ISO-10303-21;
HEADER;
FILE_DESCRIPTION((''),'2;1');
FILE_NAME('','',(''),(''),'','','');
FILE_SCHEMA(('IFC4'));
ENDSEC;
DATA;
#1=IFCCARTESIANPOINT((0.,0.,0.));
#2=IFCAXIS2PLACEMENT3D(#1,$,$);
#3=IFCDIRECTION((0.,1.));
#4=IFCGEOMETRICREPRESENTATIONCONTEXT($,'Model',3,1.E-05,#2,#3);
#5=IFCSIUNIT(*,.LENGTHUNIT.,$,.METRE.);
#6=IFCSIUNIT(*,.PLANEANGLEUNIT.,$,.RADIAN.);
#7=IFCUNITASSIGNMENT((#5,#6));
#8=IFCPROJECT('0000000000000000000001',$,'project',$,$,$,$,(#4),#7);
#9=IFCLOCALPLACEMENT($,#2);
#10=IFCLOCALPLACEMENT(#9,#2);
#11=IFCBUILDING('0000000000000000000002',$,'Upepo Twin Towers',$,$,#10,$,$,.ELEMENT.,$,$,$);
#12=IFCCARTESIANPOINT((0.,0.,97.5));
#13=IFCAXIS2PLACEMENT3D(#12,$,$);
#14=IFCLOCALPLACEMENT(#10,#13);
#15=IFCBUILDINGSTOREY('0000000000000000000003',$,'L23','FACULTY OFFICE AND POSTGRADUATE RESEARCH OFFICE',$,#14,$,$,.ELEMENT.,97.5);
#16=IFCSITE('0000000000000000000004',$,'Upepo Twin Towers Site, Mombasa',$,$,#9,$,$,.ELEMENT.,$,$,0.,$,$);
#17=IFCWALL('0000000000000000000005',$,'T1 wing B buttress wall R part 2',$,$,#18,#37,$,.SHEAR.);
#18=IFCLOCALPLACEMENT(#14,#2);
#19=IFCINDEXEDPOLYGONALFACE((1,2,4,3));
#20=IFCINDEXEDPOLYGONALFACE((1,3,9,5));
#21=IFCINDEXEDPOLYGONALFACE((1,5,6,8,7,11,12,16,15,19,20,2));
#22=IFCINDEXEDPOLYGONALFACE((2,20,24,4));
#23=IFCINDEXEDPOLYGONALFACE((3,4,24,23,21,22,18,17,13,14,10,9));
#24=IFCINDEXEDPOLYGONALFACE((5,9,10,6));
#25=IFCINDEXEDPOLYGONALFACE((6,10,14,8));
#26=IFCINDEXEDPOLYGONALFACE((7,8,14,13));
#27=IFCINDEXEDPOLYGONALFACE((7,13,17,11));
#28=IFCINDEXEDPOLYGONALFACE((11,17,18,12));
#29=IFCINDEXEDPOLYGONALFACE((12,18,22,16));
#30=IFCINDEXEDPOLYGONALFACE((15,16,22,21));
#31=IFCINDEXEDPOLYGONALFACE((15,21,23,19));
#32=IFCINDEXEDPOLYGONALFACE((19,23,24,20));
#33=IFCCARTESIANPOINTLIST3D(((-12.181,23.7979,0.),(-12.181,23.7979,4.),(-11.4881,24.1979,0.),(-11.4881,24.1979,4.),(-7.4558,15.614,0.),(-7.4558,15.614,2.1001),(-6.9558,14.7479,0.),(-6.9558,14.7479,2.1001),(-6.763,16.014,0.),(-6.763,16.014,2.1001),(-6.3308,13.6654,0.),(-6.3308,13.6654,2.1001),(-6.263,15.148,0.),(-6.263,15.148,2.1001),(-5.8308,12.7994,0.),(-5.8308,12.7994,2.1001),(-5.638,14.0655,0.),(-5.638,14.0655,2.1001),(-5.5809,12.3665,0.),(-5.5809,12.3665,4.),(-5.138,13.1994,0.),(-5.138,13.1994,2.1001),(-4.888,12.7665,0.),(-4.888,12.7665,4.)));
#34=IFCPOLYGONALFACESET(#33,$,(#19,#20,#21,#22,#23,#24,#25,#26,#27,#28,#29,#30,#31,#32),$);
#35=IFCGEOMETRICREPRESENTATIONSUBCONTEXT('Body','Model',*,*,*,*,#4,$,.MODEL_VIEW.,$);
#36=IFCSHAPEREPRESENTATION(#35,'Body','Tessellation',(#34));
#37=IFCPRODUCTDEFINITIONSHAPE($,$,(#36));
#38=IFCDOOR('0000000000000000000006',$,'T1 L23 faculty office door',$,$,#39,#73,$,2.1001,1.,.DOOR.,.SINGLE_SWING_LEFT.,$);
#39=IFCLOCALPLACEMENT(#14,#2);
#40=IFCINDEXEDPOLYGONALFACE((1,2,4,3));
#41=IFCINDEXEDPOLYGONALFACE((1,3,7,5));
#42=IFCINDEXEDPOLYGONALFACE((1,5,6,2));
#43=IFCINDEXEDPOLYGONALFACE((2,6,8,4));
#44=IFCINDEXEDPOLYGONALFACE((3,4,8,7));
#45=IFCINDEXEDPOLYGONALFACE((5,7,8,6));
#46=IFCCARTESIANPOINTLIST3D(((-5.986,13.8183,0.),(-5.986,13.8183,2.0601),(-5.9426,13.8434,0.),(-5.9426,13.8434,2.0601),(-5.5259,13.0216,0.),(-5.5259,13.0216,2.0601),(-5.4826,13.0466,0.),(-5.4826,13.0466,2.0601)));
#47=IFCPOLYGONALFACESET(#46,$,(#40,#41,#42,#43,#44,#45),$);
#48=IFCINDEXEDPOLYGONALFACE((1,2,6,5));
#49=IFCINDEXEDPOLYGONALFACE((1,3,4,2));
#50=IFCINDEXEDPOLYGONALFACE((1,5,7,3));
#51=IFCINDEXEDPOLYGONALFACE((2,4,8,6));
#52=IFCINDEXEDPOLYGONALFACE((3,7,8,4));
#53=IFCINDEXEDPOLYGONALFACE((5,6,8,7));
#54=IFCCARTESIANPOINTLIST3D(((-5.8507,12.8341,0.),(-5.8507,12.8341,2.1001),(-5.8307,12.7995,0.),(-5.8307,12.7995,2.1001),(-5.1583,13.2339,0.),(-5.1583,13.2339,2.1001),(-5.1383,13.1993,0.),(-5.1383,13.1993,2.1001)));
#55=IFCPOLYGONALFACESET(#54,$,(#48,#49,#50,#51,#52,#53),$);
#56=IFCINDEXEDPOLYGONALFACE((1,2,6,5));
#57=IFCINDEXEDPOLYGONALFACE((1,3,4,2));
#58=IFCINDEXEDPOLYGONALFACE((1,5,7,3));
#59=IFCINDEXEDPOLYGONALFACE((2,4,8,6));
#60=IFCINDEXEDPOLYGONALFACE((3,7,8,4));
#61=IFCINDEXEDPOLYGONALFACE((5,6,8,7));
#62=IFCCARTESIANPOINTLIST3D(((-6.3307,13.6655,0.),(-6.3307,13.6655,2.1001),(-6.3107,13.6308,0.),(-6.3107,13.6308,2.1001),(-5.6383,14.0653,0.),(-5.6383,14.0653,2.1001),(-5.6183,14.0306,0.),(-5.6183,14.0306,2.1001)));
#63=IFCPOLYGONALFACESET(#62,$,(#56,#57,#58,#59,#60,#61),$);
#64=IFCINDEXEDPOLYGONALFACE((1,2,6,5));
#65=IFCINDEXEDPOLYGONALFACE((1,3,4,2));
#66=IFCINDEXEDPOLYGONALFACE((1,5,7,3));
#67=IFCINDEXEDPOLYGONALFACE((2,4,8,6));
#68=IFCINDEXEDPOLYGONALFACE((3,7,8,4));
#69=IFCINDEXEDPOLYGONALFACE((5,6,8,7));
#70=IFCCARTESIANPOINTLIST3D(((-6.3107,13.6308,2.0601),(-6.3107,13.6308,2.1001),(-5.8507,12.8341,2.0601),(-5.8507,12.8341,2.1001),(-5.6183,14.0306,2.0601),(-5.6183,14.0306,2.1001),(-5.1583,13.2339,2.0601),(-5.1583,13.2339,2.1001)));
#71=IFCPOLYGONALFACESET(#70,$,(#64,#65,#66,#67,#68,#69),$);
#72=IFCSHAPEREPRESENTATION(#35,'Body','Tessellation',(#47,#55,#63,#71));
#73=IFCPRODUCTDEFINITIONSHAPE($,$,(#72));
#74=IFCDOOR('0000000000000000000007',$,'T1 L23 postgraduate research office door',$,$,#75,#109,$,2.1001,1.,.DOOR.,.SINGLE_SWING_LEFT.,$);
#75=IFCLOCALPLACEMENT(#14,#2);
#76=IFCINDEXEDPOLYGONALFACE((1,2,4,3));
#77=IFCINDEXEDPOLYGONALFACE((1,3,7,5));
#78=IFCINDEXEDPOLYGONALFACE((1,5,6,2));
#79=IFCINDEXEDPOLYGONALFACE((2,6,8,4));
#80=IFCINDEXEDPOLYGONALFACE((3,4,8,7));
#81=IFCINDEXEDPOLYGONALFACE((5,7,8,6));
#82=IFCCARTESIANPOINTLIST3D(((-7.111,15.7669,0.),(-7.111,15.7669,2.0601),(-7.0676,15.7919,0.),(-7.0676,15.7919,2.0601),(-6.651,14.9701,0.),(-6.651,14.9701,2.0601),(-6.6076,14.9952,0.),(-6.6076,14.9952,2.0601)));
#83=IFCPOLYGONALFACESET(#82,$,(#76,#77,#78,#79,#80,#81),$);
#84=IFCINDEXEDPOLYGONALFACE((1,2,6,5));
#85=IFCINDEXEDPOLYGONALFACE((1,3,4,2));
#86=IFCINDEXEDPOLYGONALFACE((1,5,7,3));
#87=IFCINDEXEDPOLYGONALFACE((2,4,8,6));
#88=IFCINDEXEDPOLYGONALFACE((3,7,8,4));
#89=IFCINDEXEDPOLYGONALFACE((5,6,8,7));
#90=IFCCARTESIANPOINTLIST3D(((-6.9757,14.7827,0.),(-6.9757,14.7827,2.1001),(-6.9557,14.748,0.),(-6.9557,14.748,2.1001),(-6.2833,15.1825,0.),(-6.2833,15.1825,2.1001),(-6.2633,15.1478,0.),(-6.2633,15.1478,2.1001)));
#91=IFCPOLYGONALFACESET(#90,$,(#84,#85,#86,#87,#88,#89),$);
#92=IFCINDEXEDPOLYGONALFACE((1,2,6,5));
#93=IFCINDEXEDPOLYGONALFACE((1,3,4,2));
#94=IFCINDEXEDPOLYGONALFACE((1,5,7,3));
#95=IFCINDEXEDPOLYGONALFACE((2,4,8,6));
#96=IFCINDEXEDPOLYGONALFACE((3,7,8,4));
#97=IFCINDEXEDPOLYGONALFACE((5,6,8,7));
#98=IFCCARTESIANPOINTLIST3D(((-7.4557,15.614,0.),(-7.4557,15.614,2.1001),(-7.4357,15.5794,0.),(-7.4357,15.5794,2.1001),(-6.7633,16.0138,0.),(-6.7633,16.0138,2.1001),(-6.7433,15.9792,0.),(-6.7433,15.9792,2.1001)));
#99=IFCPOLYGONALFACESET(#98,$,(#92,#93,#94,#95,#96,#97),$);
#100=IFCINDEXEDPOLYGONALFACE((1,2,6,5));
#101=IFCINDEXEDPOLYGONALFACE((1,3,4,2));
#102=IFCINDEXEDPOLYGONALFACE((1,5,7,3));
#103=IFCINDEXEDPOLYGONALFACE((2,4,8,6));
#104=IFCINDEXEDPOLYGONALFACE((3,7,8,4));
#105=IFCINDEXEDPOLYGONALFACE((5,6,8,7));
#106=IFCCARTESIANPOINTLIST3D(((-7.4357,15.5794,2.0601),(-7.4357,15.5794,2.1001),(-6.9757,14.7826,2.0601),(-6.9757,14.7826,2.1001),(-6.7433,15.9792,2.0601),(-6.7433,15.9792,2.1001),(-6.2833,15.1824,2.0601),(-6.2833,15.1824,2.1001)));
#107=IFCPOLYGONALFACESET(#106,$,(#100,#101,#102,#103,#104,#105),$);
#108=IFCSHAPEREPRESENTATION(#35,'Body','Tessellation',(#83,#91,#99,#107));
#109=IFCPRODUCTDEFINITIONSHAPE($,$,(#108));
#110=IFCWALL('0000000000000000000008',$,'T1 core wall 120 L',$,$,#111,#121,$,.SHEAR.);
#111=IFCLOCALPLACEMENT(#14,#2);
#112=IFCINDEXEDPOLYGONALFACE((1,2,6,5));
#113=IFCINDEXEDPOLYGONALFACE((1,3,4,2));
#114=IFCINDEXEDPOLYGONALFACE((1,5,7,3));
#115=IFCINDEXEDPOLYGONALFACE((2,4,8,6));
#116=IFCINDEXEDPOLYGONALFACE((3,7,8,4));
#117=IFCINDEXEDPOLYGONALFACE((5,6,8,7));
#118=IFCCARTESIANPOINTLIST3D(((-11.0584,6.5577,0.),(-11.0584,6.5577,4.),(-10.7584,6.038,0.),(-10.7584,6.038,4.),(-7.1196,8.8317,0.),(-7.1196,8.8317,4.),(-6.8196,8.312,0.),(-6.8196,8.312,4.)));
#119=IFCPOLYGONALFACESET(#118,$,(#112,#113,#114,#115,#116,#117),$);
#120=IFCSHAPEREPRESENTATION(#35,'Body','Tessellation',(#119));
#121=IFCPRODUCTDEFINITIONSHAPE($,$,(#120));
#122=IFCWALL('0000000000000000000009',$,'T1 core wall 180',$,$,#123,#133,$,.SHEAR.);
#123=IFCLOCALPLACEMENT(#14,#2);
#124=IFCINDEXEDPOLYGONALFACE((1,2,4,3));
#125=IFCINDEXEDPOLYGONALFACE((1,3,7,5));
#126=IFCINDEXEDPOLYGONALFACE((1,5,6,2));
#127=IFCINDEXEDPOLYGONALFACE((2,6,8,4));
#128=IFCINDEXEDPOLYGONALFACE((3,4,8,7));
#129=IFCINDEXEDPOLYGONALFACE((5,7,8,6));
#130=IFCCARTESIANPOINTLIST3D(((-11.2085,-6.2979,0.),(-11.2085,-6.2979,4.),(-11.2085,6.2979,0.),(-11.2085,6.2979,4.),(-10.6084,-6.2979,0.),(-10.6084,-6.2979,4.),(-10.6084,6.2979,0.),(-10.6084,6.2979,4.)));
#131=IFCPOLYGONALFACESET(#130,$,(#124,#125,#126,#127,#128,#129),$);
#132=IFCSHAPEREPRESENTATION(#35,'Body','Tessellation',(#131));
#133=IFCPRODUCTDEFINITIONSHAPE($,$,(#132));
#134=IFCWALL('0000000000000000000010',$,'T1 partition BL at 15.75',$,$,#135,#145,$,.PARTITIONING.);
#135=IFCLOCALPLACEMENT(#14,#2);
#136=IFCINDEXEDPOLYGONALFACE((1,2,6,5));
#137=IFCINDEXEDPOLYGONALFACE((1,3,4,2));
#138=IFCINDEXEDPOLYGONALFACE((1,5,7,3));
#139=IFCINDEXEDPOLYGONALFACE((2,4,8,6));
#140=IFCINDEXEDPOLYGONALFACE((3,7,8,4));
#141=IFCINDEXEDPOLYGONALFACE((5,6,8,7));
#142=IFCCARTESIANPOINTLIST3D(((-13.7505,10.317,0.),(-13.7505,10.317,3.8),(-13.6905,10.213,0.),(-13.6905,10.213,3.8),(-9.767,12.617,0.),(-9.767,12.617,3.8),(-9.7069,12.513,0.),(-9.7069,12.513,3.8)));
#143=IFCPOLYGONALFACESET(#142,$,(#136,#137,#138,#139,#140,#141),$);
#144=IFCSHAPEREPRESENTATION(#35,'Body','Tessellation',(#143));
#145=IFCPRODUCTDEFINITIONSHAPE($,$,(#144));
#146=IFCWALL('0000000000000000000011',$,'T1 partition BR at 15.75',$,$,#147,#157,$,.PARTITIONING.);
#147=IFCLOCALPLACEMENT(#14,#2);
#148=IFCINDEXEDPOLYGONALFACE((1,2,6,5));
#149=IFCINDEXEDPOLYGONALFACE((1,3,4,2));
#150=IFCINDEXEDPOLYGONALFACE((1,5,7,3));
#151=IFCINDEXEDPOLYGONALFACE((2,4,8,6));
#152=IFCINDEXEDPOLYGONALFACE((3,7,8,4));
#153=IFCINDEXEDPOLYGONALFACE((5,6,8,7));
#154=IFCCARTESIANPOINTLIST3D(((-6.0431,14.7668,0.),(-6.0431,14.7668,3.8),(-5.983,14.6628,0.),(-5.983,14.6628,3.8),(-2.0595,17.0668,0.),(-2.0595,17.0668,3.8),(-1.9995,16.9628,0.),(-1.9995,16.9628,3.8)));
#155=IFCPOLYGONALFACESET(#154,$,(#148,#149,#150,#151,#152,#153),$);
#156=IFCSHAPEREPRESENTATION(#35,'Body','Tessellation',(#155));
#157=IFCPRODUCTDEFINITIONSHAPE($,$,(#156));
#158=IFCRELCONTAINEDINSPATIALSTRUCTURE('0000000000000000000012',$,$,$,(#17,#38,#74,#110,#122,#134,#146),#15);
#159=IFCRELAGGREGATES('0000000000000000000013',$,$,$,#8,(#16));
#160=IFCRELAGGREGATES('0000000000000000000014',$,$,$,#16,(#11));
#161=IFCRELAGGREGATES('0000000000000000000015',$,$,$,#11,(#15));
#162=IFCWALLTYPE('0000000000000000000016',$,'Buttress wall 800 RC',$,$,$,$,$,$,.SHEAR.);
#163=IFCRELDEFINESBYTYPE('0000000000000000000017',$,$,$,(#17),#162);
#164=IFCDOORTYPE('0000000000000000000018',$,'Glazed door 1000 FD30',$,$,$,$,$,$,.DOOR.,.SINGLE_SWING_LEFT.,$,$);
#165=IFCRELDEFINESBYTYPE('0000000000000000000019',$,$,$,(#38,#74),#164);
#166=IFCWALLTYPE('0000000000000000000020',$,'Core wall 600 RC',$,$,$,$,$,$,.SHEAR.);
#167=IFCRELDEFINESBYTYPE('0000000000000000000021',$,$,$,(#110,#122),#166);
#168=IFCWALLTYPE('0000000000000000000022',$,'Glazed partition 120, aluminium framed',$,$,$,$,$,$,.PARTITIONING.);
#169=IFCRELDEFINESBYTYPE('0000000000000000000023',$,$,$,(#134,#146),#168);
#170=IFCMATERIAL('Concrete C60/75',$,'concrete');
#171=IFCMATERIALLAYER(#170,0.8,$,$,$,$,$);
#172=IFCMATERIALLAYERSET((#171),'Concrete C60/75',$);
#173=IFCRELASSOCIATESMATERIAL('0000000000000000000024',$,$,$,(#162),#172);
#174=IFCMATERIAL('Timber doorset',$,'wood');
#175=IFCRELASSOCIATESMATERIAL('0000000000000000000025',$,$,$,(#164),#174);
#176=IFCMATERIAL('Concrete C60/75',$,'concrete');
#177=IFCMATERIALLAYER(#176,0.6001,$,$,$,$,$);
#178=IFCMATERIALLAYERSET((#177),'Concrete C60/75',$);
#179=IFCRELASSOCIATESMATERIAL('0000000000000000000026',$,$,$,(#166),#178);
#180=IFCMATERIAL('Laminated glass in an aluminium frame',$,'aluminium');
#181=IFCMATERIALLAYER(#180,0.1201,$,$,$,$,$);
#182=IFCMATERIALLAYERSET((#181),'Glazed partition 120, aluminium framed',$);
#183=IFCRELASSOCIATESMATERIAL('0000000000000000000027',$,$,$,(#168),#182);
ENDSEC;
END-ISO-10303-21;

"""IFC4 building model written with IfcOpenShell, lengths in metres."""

from ifc_helpers import new_model, si_unit, direction, frame, frame_2d, origin, place, context, subcontext, project, spatial, rectangle, extrude, material, layer, layer_set, type_object, element, fill, save


model = new_model("IFC4")

# Units and contexts
model_context = context("Model", 3, precision=1e-05, world=origin(), true_north=direction((0.0, 1.0)))
body_context = subcontext(model_context, "Body", "Model", "MODEL_VIEW")
ifc_project = project(units=[si_unit("LENGTHUNIT", "METRE"), si_unit("PLANEANGLEUNIT", "RADIAN")], contexts=[model_context])

# Site, building, storey
site_placement = place(None, origin())
site = spatial("IfcSite", under=ifc_project, at=site_placement, Name="Upepo Twin Towers Site, Mombasa", CompositionType="ELEMENT", RefElevation=0.0)
building_placement = place(site_placement, origin())
building = spatial("IfcBuilding", under=site, at=building_placement, Name="Upepo Twin Towers", CompositionType="ELEMENT")
storey_placement = place(building_placement, frame((0.0, 0.0, 97.5)))
storey = spatial("IfcBuildingStorey", under=building, at=storey_placement, Name="L23", Description="FACULTY OFFICE AND POSTGRADUATE RESEARCH OFFICE", CompositionType="ELEMENT", Elevation=97.5)

# Wall, openings, doors
ifc_material_1 = material(Name="Concrete C60/75", Category="concrete")
ifc_layer_1 = layer(ifc_material_1, 0.8)
ifc_layer_set_1 = layer_set([ifc_layer_1], Name="Concrete C60/75")
wall_type_1 = type_object("IfcWallType", Name="Buttress wall 800 RC", PredefinedType="SHEAR", material=ifc_layer_set_1)
ifc_material_2 = material(Name="Timber doorset", Category="wood")
door_type_1 = type_object("IfcDoorType", Name="Glazed door 1000 FD30", OperationType="SINGLE_SWING_LEFT", PredefinedType="DOOR", material=ifc_material_2)
wall_1_placement = place(storey_placement, frame((-5.2344, 12.5664, 0.0), z_axis=(0.0, 0.0, 1.0), x_axis=(-0.50001, 0.86602, 0.0)))
wall_1 = element("IfcWall", 1, at=wall_1_placement, inside=storey, type_object=wall_type_1, Name="T1 wing B buttress wall R part 2", PredefinedType="SHEAR", context=body_context, shape_type="SweptSolid", body=[
    extrude(rectangle(XDim=13.2, YDim=0.8, at=frame_2d((6.6001, 0.0))), origin(), (0.0, 0.0, 1.0), 4.0),
])
opening_1_placement = place(wall_1_placement, frame((0.5, 0.0, 0.0)))
opening_1 = element("IfcOpeningElement", 2, at=opening_1_placement, cuts=wall_1, PredefinedType="OPENING", context=body_context, shape_type="SweptSolid", body=[
    extrude(rectangle(XDim=1.0, YDim=2.1001, at=frame_2d((0.5, 1.05))), frame((0.0, 0.4099, 0.0), z_axis=(0.0, -1.0, 0.0), x_axis=(1.0, 0.0, 0.0)), (0.0, 0.0, 1.0), 0.8201),
])
opening_2_placement = place(wall_1_placement, frame((2.75, 0.0, 0.0)))
opening_2 = element("IfcOpeningElement", 3, at=opening_2_placement, cuts=wall_1, PredefinedType="OPENING", context=body_context, shape_type="SweptSolid", body=[
    extrude(rectangle(XDim=1.0, YDim=2.1001, at=frame_2d((0.5, 1.05))), frame((0.0, 0.4099, 0.0), z_axis=(0.0, -1.0, 0.0), x_axis=(1.0, 0.0, 0.0)), (0.0, 0.0, 1.0), 0.8201),
])
door_1_placement = place(opening_1_placement, origin())
door_1 = element("IfcDoor", 4, at=door_1_placement, inside=storey, type_object=door_type_1, Name="T1 L23 faculty office door", OperationType="SINGLE_SWING_LEFT", OverallHeight=2.1001, OverallWidth=1.0, PredefinedType="DOOR", context=body_context, shape_type="SweptSolid", body=[
    extrude(rectangle(XDim=0.92, YDim=2.0601, at=frame_2d((0.5, 1.03))), frame((0.0, 0.0249, 0.0), z_axis=(0.0, -1.0, 0.0), x_axis=(1.0, 0.0, 0.0)), (0.0, 0.0, 1.0), 0.05),
    extrude(rectangle(XDim=0.04, YDim=2.1001, at=frame_2d((0.02, 1.05))), frame((0.0, 0.3999, 0.0), z_axis=(0.0, -1.0, 0.0), x_axis=(1.0, 0.0, 0.0)), (0.0, 0.0, 1.0), 0.7996),
    extrude(rectangle(XDim=0.04, YDim=2.1001, at=frame_2d((0.98, 1.05))), frame((0.0, 0.3999, 0.0), z_axis=(0.0, -1.0, 0.0), x_axis=(1.0, 0.0, 0.0)), (0.0, 0.0, 1.0), 0.7996),
    extrude(rectangle(XDim=0.92, YDim=0.04, at=frame_2d((0.5, 2.0801))), frame((0.0, 0.3999, 0.0), z_axis=(0.0, -1.0, 0.0), x_axis=(1.0, 0.0, 0.0)), (0.0, 0.0, 1.0), 0.7996),
])
fill(opening_1, door_1)
door_2_placement = place(opening_2_placement, origin())
door_2 = element("IfcDoor", 5, at=door_2_placement, inside=storey, type_object=door_type_1, Name="T1 L23 postgraduate research office door", OperationType="SINGLE_SWING_LEFT", OverallHeight=2.1001, OverallWidth=1.0, PredefinedType="DOOR", context=body_context, shape_type="SweptSolid", body=[
    extrude(rectangle(XDim=0.92, YDim=2.0601, at=frame_2d((0.5, 1.03))), frame((0.0, 0.0249, 0.0), z_axis=(0.0, -1.0, 0.0), x_axis=(1.0, 0.0, 0.0)), (0.0, 0.0, 1.0), 0.05),
    extrude(rectangle(XDim=0.04, YDim=2.1001, at=frame_2d((0.02, 1.05))), frame((0.0, 0.3999, 0.0), z_axis=(0.0, -1.0, 0.0), x_axis=(1.0, 0.0, 0.0)), (0.0, 0.0, 1.0), 0.7996),
    extrude(rectangle(XDim=0.04, YDim=2.1001, at=frame_2d((0.98, 1.05))), frame((0.0, 0.3999, 0.0), z_axis=(0.0, -1.0, 0.0), x_axis=(1.0, 0.0, 0.0)), (0.0, 0.0, 1.0), 0.7996),
    extrude(rectangle(XDim=0.92, YDim=0.04, at=frame_2d((0.5, 2.0801))), frame((0.0, 0.3999, 0.0), z_axis=(0.0, -1.0, 0.0), x_axis=(1.0, 0.0, 0.0)), (0.0, 0.0, 1.0), 0.7996),
])
fill(opening_2, door_2)

# Walls
ifc_material_3 = material(Name="Concrete C60/75", Category="concrete")
ifc_layer_2 = layer(ifc_material_3, 0.6001)
ifc_layer_set_2 = layer_set([ifc_layer_2], Name="Concrete C60/75")
wall_type_2 = type_object("IfcWallType", Name="Core wall 600 RC", PredefinedType="SHEAR", material=ifc_layer_set_2)
wall_2_placement = place(storey_placement, frame((-6.9697, 8.5718, 0.0), z_axis=(0.0, 0.0, 1.0), x_axis=(-0.866035, -0.499984, 0.0)))
element("IfcWall", 6, at=wall_2_placement, inside=storey, type_object=wall_type_2, Name="T1 core wall 120 L", PredefinedType="SHEAR", context=body_context, shape_type="SweptSolid", body=[
    extrude(rectangle(XDim=4.5481, YDim=0.6001, at=frame_2d((2.2739, 0.0))), origin(), (0.0, 0.0, 1.0), 4.0),
])
wall_3_placement = place(storey_placement, frame((-10.9084, 6.2979, 0.0), z_axis=(0.0, 0.0, 1.0), x_axis=(0.0, -1.0, 0.0)))
element("IfcWall", 7, at=wall_3_placement, inside=storey, type_object=wall_type_2, Name="T1 core wall 180", PredefinedType="SHEAR", context=body_context, shape_type="SweptSolid", body=[
    extrude(rectangle(XDim=12.5957, YDim=0.6001, at=frame_2d((6.2979, 0.0))), origin(), (0.0, 0.0, 1.0), 4.0),
])
ifc_material_4 = material(Name="Laminated glass in an aluminium frame", Category="aluminium")
ifc_layer_3 = layer(ifc_material_4, 0.1201)
ifc_layer_set_3 = layer_set([ifc_layer_3], Name="Glazed partition 120, aluminium framed")
wall_type_3 = type_object("IfcWallType", Name="Glazed partition 120, aluminium framed", PredefinedType="PARTITIONING", material=ifc_layer_set_3)
for number, where, z_axis, x_axis, name in (
    (8, (-9.7371, 12.5649, 0.0), (0.0, 0.0, 1.0), (-0.866017, -0.500015, 0.0), "T1 partition BL at 15.75"),
    (9, (-6.0129, 14.7148, 0.0), (0.0, 0.0, 1.0), (0.866017, 0.500015, 0.0), "T1 partition BR at 15.75"),
):
    element("IfcWall", number, at=place(storey_placement, frame(where, z_axis=z_axis, x_axis=x_axis)), inside=storey, type_object=wall_type_3, Name=name, PredefinedType="PARTITIONING", context=body_context, shape_type="SweptSolid", body=[
        extrude(rectangle(XDim=4.5999, YDim=0.1201, at=frame_2d((2.2998, 0.0))), origin(), (0.0, 0.0, 1.0), 3.8),
    ])

save(model, "model.ifc")
